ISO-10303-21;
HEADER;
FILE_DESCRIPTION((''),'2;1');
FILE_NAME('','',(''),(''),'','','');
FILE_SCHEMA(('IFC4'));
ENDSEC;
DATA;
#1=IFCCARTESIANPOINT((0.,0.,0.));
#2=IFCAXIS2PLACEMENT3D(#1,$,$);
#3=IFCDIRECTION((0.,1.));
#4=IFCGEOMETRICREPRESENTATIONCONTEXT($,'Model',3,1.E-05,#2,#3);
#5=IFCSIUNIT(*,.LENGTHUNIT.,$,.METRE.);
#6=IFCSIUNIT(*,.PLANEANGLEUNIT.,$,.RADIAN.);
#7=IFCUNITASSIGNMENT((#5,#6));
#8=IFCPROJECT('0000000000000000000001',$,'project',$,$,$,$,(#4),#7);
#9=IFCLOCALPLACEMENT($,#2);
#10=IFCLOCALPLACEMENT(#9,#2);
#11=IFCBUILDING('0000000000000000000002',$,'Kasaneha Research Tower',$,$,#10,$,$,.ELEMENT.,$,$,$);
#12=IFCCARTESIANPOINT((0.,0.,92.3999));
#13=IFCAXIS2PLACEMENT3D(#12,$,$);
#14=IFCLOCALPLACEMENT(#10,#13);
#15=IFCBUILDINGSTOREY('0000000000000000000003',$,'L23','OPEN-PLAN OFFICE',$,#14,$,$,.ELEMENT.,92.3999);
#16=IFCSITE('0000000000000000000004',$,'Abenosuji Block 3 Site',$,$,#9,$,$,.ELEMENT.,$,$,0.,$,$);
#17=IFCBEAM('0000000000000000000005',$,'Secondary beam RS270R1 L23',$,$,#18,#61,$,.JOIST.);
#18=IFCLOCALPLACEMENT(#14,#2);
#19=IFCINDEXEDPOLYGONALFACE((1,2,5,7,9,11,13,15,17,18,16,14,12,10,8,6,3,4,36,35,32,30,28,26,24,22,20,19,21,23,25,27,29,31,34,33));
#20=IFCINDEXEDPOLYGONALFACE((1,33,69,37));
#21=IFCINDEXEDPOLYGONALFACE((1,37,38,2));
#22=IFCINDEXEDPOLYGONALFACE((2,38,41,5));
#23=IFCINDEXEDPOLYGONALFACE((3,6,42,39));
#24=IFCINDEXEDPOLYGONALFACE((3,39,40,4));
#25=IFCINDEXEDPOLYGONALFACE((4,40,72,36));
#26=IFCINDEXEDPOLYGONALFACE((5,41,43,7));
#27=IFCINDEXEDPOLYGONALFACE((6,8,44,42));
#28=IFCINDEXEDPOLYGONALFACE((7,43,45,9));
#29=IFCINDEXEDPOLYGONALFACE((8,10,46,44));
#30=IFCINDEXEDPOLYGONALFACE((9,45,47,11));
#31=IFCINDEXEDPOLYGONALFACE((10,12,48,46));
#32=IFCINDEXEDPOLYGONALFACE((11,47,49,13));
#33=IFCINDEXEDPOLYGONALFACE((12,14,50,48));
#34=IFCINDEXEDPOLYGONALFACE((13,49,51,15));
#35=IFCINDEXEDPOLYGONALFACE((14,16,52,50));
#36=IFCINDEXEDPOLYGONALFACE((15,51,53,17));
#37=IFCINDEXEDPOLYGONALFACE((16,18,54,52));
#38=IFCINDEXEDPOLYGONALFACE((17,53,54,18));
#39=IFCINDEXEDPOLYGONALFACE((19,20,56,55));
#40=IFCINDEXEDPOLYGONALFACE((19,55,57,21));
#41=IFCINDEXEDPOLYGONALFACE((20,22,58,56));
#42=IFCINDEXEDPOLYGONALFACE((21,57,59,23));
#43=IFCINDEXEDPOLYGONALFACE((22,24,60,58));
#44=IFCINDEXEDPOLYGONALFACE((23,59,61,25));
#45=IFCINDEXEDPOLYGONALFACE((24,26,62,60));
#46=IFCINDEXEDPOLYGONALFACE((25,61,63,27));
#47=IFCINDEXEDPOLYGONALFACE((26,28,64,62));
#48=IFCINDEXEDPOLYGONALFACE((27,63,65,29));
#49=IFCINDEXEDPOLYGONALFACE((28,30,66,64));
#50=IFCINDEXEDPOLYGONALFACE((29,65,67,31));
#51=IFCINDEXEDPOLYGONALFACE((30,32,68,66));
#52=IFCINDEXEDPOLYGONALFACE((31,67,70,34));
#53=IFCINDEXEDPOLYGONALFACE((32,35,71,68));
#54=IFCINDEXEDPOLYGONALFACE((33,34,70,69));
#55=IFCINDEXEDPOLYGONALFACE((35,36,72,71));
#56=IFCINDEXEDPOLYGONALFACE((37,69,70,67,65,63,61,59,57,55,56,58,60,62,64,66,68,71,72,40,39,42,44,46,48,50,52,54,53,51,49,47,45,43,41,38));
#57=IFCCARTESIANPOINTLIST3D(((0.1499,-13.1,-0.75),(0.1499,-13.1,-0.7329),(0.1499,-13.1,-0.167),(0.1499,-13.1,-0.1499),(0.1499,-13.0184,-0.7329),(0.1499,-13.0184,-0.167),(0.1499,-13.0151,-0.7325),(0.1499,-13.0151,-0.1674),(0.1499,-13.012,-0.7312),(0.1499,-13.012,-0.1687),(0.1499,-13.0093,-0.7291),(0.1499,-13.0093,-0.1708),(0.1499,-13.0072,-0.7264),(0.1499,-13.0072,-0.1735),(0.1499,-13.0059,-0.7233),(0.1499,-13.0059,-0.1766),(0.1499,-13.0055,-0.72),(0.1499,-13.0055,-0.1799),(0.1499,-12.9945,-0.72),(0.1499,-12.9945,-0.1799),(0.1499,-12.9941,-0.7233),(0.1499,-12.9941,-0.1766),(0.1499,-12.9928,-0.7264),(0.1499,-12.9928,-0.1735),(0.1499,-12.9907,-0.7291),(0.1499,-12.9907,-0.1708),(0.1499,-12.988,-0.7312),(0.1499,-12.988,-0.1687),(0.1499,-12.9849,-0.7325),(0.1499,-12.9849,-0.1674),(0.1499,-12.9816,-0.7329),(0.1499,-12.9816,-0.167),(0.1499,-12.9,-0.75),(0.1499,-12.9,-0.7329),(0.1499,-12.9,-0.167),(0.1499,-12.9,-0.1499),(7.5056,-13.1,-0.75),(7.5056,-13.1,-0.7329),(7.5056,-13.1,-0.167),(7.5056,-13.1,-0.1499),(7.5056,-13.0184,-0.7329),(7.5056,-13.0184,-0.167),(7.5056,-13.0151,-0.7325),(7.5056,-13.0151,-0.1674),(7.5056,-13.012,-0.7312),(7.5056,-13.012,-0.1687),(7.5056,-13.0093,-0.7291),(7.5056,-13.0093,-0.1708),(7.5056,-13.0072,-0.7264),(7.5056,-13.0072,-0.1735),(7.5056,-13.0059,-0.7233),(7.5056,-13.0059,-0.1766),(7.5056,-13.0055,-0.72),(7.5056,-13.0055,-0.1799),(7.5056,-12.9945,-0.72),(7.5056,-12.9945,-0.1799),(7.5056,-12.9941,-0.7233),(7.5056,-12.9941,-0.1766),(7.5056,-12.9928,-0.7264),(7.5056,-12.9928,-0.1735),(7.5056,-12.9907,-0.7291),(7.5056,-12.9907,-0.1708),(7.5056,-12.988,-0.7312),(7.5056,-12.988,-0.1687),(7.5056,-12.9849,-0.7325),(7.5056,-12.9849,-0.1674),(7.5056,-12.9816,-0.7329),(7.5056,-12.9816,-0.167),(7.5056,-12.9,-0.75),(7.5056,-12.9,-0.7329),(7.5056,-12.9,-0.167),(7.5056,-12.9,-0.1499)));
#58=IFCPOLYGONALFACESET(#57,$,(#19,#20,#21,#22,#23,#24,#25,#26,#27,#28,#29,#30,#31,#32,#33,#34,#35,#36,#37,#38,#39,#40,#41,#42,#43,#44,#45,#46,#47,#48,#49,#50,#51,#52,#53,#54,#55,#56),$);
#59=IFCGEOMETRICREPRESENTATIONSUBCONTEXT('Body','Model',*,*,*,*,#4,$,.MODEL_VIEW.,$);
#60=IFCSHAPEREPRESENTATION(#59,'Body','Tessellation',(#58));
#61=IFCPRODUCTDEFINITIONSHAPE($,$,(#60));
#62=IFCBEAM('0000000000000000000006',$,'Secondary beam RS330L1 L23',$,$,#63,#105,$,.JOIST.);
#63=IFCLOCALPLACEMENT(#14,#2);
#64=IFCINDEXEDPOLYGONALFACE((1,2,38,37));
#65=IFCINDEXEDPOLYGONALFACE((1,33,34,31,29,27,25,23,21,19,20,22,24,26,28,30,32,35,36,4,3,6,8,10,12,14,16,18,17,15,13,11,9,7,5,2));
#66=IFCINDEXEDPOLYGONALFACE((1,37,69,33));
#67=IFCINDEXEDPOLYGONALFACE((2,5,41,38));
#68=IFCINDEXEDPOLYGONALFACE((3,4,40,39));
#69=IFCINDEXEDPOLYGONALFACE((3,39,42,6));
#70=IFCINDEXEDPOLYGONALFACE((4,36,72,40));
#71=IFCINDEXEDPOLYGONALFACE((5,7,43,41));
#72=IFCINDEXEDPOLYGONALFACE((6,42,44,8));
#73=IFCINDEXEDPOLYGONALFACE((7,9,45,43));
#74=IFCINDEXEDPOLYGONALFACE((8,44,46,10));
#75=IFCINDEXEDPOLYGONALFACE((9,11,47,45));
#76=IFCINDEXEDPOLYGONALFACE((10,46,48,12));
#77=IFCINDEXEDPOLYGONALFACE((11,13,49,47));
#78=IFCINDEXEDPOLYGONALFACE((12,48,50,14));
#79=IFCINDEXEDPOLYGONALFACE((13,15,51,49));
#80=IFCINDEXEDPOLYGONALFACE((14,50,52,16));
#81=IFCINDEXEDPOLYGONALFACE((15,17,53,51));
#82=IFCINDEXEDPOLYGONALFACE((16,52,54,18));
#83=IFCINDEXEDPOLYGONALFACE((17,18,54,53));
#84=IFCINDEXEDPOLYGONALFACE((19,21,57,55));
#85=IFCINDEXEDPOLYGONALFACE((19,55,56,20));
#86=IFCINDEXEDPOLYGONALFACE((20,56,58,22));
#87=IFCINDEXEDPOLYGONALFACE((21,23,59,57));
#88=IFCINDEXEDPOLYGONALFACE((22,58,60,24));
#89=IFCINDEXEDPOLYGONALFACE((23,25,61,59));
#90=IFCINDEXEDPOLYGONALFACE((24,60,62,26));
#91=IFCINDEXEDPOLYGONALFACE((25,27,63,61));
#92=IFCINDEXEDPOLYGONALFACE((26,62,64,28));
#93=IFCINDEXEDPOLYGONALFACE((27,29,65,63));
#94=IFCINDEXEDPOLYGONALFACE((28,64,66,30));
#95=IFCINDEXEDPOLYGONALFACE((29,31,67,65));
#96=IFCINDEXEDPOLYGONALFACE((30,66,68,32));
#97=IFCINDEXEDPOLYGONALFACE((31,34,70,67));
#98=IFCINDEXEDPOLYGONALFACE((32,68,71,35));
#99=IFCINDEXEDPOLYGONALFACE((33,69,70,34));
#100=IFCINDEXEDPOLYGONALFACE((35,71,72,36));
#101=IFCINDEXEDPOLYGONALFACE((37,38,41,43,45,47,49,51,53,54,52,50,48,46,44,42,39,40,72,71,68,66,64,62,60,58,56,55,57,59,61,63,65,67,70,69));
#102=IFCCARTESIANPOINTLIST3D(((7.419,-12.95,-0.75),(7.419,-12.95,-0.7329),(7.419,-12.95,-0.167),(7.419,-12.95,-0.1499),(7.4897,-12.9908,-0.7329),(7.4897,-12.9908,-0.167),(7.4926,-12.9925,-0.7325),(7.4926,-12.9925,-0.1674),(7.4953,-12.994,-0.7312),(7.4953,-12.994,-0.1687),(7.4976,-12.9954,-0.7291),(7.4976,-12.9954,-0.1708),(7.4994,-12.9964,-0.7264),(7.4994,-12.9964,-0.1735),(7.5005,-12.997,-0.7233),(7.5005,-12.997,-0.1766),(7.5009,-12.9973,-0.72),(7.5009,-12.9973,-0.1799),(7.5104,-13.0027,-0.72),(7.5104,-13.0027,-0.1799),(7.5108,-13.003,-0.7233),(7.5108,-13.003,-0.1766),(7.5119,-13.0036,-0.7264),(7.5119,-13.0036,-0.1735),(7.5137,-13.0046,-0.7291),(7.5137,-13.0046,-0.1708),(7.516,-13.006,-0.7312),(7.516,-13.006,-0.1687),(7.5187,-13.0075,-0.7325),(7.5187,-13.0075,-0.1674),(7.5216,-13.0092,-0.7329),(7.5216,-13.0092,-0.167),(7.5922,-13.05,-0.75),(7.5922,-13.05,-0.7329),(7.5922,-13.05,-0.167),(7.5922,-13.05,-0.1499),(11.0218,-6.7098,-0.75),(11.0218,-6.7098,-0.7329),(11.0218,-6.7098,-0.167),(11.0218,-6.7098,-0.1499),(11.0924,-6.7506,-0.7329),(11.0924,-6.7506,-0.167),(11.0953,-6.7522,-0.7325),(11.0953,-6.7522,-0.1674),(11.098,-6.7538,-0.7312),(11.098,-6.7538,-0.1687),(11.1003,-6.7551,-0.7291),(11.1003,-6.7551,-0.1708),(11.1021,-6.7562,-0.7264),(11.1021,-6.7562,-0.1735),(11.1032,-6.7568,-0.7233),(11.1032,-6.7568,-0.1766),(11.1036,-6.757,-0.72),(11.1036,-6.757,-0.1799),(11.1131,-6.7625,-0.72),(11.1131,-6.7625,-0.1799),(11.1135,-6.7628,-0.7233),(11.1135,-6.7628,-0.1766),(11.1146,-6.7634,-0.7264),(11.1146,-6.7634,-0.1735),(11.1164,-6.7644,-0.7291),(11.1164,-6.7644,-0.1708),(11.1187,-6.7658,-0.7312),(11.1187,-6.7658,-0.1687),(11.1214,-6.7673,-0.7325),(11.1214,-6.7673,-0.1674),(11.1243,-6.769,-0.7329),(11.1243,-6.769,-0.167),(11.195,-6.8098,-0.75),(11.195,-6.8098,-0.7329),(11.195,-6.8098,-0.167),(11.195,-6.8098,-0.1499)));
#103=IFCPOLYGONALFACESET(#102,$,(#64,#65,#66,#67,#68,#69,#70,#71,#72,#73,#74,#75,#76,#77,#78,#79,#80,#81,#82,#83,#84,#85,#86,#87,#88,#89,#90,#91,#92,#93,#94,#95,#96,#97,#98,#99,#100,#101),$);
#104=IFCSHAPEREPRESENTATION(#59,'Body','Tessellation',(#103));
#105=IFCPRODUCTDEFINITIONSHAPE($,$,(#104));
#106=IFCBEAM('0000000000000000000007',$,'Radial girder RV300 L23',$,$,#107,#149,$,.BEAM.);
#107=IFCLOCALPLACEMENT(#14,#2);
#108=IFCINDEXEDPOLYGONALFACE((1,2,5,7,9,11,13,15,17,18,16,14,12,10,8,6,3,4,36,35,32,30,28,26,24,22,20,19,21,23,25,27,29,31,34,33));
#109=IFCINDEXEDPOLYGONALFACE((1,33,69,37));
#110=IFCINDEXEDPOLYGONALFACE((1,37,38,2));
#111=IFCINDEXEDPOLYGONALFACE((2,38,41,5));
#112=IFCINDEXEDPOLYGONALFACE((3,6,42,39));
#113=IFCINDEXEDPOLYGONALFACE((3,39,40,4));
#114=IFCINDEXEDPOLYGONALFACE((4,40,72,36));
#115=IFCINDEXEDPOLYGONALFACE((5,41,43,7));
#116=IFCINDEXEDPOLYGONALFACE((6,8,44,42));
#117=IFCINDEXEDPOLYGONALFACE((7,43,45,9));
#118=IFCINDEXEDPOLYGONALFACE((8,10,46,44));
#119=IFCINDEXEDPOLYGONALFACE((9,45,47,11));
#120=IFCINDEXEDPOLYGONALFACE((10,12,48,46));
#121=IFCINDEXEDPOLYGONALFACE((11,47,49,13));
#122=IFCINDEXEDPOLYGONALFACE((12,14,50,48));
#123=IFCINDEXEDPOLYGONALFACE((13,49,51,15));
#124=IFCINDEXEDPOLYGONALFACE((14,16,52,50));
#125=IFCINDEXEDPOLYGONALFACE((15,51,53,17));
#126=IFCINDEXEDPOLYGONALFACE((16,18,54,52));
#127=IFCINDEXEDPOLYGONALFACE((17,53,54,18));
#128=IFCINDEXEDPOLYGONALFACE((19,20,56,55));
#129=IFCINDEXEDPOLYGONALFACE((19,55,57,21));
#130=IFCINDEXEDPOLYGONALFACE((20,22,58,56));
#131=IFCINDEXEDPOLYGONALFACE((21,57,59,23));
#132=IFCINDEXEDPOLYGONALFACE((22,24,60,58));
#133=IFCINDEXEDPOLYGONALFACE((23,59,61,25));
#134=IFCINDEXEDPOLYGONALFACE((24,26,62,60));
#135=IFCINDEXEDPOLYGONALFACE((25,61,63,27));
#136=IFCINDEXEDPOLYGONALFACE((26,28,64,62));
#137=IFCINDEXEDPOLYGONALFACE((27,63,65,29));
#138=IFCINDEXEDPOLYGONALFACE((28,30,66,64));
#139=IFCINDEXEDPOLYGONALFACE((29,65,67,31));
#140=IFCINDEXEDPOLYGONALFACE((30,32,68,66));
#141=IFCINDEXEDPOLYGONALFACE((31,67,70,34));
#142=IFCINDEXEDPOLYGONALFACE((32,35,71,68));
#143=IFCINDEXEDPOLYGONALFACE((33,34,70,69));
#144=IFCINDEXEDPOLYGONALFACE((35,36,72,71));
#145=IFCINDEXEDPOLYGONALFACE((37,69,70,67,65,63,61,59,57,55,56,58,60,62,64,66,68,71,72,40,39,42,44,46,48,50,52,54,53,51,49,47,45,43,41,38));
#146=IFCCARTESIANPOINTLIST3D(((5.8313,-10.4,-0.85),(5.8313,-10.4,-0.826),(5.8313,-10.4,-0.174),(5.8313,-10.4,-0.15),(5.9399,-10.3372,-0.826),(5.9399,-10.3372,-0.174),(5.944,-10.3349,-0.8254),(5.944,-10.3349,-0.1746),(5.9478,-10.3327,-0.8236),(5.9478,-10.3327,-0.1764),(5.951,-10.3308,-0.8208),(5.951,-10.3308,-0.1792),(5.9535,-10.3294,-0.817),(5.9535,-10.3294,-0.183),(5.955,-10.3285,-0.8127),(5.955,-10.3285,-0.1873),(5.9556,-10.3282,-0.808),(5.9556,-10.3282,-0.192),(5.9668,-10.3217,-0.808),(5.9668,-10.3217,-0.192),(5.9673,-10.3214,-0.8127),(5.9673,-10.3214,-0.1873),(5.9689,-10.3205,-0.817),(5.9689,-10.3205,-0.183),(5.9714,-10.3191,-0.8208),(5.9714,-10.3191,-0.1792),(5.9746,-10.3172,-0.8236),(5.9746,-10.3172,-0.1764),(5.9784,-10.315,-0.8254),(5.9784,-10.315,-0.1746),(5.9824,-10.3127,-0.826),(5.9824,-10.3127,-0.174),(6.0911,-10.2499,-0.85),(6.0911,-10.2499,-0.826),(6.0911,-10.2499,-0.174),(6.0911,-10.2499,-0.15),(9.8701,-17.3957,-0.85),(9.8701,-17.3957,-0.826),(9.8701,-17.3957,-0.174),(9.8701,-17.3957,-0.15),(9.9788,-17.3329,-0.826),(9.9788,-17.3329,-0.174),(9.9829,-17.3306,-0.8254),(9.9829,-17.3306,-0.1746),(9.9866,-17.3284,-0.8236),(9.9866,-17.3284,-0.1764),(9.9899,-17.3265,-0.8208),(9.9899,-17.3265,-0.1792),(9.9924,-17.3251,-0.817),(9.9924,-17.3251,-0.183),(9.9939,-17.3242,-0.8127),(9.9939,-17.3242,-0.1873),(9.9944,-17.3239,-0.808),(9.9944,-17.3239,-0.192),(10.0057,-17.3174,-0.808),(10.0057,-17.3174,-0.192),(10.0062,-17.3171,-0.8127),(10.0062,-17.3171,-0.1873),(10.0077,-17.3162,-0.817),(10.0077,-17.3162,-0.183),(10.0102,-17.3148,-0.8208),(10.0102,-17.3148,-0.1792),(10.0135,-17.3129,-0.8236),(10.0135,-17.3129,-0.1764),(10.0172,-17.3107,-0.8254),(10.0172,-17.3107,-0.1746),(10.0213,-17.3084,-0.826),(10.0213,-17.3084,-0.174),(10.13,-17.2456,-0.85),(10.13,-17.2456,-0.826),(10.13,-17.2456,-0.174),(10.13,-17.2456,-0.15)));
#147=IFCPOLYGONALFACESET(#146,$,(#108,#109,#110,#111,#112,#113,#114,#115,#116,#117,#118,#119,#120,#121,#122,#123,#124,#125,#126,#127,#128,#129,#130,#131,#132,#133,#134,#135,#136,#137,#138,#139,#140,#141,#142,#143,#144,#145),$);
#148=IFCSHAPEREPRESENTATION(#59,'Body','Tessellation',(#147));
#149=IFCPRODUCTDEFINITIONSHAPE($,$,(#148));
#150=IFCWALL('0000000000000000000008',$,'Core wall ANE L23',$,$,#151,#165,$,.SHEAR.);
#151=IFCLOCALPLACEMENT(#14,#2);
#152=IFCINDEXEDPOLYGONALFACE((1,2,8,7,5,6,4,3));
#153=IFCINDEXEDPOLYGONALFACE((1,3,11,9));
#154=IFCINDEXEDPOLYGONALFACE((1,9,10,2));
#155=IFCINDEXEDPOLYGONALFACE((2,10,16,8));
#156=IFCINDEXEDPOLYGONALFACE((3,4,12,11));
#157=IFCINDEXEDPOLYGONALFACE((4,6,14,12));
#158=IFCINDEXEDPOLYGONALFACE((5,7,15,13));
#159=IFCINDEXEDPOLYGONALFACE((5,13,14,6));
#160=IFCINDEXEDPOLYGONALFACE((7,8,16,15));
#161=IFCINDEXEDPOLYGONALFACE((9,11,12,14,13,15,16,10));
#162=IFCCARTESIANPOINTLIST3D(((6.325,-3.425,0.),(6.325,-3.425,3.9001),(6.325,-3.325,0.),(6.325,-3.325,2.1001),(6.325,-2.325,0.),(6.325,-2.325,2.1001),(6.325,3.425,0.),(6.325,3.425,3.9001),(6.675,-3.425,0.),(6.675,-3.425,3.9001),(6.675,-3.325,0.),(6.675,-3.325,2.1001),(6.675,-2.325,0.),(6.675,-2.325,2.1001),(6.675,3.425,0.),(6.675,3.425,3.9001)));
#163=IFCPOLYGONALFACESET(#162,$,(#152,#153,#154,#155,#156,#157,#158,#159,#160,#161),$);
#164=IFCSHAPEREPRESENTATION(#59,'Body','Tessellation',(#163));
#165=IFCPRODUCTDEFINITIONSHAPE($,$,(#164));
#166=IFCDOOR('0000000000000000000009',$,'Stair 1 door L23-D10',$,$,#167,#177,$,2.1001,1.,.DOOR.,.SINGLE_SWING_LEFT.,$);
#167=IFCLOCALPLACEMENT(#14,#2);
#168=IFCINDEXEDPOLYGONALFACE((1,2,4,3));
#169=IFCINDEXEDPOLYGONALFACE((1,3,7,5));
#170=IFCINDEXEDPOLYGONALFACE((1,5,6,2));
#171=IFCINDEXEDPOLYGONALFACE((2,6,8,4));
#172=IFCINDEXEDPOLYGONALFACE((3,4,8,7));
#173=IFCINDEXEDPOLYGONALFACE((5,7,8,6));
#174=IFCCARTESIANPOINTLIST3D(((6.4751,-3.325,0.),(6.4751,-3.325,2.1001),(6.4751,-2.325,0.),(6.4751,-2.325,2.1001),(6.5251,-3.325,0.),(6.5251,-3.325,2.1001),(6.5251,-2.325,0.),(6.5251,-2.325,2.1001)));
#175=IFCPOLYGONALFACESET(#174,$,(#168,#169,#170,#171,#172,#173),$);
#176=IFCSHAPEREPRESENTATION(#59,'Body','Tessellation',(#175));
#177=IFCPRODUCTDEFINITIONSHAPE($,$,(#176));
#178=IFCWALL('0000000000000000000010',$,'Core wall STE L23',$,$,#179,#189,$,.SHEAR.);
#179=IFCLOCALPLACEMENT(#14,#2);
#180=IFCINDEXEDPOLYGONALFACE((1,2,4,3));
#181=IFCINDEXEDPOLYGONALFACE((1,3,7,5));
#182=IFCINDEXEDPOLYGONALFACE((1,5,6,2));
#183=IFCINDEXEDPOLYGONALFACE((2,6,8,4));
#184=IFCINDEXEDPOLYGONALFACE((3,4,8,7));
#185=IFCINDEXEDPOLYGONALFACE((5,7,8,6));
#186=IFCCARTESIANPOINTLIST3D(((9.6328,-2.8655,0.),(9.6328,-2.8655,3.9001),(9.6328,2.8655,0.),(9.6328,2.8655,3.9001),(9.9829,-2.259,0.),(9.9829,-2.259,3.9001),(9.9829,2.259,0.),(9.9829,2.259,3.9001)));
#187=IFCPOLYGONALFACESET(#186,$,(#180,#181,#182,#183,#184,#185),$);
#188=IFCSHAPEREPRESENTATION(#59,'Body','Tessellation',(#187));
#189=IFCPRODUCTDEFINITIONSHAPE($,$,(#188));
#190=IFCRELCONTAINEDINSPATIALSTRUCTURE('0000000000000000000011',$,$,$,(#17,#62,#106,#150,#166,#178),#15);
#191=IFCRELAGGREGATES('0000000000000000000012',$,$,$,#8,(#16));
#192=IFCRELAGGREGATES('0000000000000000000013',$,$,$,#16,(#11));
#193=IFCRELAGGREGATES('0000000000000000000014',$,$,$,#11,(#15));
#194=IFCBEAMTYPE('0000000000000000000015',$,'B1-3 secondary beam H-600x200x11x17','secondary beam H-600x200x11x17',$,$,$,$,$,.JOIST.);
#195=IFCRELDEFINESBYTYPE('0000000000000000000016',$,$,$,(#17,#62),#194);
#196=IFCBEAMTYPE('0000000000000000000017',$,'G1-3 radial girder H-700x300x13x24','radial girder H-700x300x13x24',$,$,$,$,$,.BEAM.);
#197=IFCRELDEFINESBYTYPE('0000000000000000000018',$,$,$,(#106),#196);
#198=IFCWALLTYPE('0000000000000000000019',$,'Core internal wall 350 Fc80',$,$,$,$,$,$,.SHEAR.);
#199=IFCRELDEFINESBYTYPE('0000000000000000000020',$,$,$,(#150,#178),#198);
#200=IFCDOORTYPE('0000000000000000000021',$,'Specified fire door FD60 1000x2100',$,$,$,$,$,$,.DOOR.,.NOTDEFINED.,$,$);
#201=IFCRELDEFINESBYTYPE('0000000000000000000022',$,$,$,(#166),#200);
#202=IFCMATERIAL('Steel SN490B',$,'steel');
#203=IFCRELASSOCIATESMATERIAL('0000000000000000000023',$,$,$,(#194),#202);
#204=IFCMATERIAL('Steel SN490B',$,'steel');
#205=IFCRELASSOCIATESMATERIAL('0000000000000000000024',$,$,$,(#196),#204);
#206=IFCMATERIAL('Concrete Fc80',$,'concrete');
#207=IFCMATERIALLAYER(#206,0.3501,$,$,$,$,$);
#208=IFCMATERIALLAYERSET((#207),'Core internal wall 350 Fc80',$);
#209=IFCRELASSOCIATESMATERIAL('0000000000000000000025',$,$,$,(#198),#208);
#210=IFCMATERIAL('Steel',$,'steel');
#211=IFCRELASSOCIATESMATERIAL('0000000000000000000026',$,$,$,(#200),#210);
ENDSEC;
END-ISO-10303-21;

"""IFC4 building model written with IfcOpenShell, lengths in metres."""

from ifc_helpers import new_model, si_unit, direction, frame, frame_2d, origin, origin_2d, place, context, subcontext, project, spatial, polyline, rectangle, i_section, outline, extrude, material, layer, layer_set, material_profile, profile_set, type_object, element, fill, save


model = new_model("IFC4")

# Units and contexts
model_context = context("Model", 3, precision=1e-05, world=origin(), true_north=direction((0.0, 1.0)))
body_context = subcontext(model_context, "Body", "Model", "MODEL_VIEW")
ifc_project = project(units=[si_unit("LENGTHUNIT", "METRE"), si_unit("PLANEANGLEUNIT", "RADIAN")], contexts=[model_context])

# Site, building, storey
site_placement = place(None, origin())
site = spatial("IfcSite", under=ifc_project, at=site_placement, Name="Abenosuji Block 3 Site", CompositionType="ELEMENT", RefElevation=0.0)
building_placement = place(site_placement, origin())
building = spatial("IfcBuilding", under=site, at=building_placement, Name="Kasaneha Research Tower", CompositionType="ELEMENT")
storey_placement = place(building_placement, frame((0.0, 0.0, 92.3999)))
storey = spatial("IfcBuildingStorey", under=building, at=storey_placement, Name="L23", Description="OPEN-PLAN OFFICE", CompositionType="ELEMENT", Elevation=92.3999)

# Beams
ifc_material_1 = material(Name="Steel SN490B", Category="steel")
ifc_material_profile_1 = material_profile(ifc_material_1, i_section(OverallWidth=0.2, OverallDepth=0.6001, WebThickness=0.011, FlangeThickness=0.0171, FilletRadius=0.0129, at=origin_2d()), Name="H-600x200x11x17")
ifc_profile_set_1 = profile_set([ifc_material_profile_1], Name="Steel SN490B")
beam_type_1 = type_object("IfcBeamType", Name="B1-3 secondary beam H-600x200x11x17", Description="secondary beam H-600x200x11x17", PredefinedType="JOIST", material=ifc_profile_set_1)
beam_1_placement = place(storey_placement, frame((7.5056, -13.0, -0.45), z_axis=(-1.0, 0.0, 0.0), x_axis=(0.0, -1.0, 0.0)))
element("IfcBeam", 1, at=beam_1_placement, inside=storey, type_object=beam_type_1, Name="Secondary beam RS270R1 L23", PredefinedType="JOIST", context=body_context, shape_type="SweptSolid", body=[
    extrude(i_section(OverallWidth=0.2, OverallDepth=0.6001, WebThickness=0.011, FlangeThickness=0.0171, FilletRadius=0.0129, at=origin_2d()), origin(), (0.0, 0.0, 1.0), 7.3557),
])
beam_2_placement = place(storey_placement, frame((7.5056, -13.0, -0.45), z_axis=(0.499998, 0.866026, 0.0), x_axis=(-0.866026, 0.499998, 0.0)))
element("IfcBeam", 2, at=beam_2_placement, inside=storey, type_object=beam_type_1, Name="Secondary beam RS330L1 L23", PredefinedType="JOIST", context=body_context, shape_type="SweptSolid", body=[
    extrude(i_section(OverallWidth=0.2, OverallDepth=0.6001, WebThickness=0.011, FlangeThickness=0.0171, FilletRadius=0.0129, at=origin_2d()), origin(), (0.0, 0.0, 1.0), 7.2056),
])
ifc_material_2 = material(Name="Steel SN490B", Category="steel")
ifc_material_profile_2 = material_profile(ifc_material_2, i_section(OverallWidth=0.3, OverallDepth=0.7, WebThickness=0.0129, FlangeThickness=0.0239, FilletRadius=0.0181, at=origin_2d()), Name="H-700x300x13x24")
ifc_profile_set_2 = profile_set([ifc_material_profile_2], Name="Steel SN490B")
beam_type_2 = type_object("IfcBeamType", Name="G1-3 radial girder H-700x300x13x24", Description="radial girder H-700x300x13x24", PredefinedType="BEAM", material=ifc_profile_set_2)
beam_3_placement = place(storey_placement, frame((5.9612, -10.325, -0.5), z_axis=(0.499991, -0.866031, 0.0), x_axis=(0.866031, 0.499991, 0.0)))
element("IfcBeam", 3, at=beam_3_placement, inside=storey, type_object=beam_type_2, Name="Radial girder RV300 L23", PredefinedType="BEAM", context=body_context, shape_type="SweptSolid", body=[
    extrude(i_section(OverallWidth=0.3, OverallDepth=0.7, WebThickness=0.0129, FlangeThickness=0.0239, FilletRadius=0.0181, at=origin_2d()), origin(), (0.0, 0.0, 1.0), 8.0779),
])

# Wall, opening, door
ifc_material_3 = material(Name="Concrete Fc80", Category="concrete")
ifc_layer_1 = layer(ifc_material_3, 0.3501)
ifc_layer_set_1 = layer_set([ifc_layer_1], Name="Core internal wall 350 Fc80")
wall_type_1 = type_object("IfcWallType", Name="Core internal wall 350 Fc80", PredefinedType="SHEAR", material=ifc_layer_set_1)
wall_1_placement = place(storey_placement, frame((6.5, -3.425, 0.0), z_axis=(0.0, 0.0, 1.0), x_axis=(0.0, 1.0, 0.0)))
wall_1 = element("IfcWall", 4, at=wall_1_placement, inside=storey, type_object=wall_type_1, Name="Core wall ANE L23", PredefinedType="SHEAR", context=body_context, shape_type="SweptSolid", body=[
    extrude(rectangle(XDim=6.8501, YDim=0.3501, at=frame_2d((3.425, 0.0))), origin(), (0.0, 0.0, 1.0), 3.9001),
])
opening_1_placement = place(wall_1_placement, frame((0.1001, 0.0, 0.0)))
opening_1 = element("IfcOpeningElement", 5, at=opening_1_placement, cuts=wall_1, PredefinedType="OPENING", context=body_context, shape_type="SweptSolid", body=[
    extrude(rectangle(XDim=1.0, YDim=2.1001, at=frame_2d((0.5, 1.05))), frame((0.0, 0.1851, 0.0), z_axis=(0.0, -1.0, 0.0), x_axis=(1.0, 0.0, 0.0)), (0.0, 0.0, 1.0), 0.3701),
])
ifc_material_4 = material(Name="Steel", Category="steel")
door_type_1 = type_object("IfcDoorType", Name="Specified fire door FD60 1000x2100", OperationType="NOTDEFINED", PredefinedType="DOOR", material=ifc_material_4)
door_1_placement = place(opening_1_placement, origin())
door_1 = element("IfcDoor", 6, at=door_1_placement, inside=storey, type_object=door_type_1, Name="Stair 1 door L23-D10", OperationType="SINGLE_SWING_LEFT", OverallHeight=2.1001, OverallWidth=1.0, PredefinedType="DOOR", context=body_context, shape_type="SweptSolid", body=[
    extrude(rectangle(XDim=1.0, YDim=2.1001, at=frame_2d((0.5, 1.05))), frame((0.0, 0.0249, 0.0), z_axis=(0.0, -1.0, 0.0), x_axis=(1.0, 0.0, 0.0)), (0.0, 0.0, 1.0), 0.05),
])
fill(opening_1, door_1)

# Wall
wall_2_placement = place(storey_placement, frame((9.8079, -2.5623, 0.0), z_axis=(0.0, 0.0, 1.0), x_axis=(0.0, 1.0, 0.0)))
element("IfcWall", 7, at=wall_2_placement, inside=storey, type_object=wall_type_1, Name="Core wall STE L23", PredefinedType="SHEAR", context=body_context, shape_type="SweptSolid", body=[
    extrude(outline(polyline([(0.3032, -0.175), (4.8213, -0.175), (5.4277, 0.175), (-0.3032, 0.175), (0.3032, -0.175)])), origin(), (0.0, 0.0, 1.0), 3.9001),
])

save(model, "model.ifc")
